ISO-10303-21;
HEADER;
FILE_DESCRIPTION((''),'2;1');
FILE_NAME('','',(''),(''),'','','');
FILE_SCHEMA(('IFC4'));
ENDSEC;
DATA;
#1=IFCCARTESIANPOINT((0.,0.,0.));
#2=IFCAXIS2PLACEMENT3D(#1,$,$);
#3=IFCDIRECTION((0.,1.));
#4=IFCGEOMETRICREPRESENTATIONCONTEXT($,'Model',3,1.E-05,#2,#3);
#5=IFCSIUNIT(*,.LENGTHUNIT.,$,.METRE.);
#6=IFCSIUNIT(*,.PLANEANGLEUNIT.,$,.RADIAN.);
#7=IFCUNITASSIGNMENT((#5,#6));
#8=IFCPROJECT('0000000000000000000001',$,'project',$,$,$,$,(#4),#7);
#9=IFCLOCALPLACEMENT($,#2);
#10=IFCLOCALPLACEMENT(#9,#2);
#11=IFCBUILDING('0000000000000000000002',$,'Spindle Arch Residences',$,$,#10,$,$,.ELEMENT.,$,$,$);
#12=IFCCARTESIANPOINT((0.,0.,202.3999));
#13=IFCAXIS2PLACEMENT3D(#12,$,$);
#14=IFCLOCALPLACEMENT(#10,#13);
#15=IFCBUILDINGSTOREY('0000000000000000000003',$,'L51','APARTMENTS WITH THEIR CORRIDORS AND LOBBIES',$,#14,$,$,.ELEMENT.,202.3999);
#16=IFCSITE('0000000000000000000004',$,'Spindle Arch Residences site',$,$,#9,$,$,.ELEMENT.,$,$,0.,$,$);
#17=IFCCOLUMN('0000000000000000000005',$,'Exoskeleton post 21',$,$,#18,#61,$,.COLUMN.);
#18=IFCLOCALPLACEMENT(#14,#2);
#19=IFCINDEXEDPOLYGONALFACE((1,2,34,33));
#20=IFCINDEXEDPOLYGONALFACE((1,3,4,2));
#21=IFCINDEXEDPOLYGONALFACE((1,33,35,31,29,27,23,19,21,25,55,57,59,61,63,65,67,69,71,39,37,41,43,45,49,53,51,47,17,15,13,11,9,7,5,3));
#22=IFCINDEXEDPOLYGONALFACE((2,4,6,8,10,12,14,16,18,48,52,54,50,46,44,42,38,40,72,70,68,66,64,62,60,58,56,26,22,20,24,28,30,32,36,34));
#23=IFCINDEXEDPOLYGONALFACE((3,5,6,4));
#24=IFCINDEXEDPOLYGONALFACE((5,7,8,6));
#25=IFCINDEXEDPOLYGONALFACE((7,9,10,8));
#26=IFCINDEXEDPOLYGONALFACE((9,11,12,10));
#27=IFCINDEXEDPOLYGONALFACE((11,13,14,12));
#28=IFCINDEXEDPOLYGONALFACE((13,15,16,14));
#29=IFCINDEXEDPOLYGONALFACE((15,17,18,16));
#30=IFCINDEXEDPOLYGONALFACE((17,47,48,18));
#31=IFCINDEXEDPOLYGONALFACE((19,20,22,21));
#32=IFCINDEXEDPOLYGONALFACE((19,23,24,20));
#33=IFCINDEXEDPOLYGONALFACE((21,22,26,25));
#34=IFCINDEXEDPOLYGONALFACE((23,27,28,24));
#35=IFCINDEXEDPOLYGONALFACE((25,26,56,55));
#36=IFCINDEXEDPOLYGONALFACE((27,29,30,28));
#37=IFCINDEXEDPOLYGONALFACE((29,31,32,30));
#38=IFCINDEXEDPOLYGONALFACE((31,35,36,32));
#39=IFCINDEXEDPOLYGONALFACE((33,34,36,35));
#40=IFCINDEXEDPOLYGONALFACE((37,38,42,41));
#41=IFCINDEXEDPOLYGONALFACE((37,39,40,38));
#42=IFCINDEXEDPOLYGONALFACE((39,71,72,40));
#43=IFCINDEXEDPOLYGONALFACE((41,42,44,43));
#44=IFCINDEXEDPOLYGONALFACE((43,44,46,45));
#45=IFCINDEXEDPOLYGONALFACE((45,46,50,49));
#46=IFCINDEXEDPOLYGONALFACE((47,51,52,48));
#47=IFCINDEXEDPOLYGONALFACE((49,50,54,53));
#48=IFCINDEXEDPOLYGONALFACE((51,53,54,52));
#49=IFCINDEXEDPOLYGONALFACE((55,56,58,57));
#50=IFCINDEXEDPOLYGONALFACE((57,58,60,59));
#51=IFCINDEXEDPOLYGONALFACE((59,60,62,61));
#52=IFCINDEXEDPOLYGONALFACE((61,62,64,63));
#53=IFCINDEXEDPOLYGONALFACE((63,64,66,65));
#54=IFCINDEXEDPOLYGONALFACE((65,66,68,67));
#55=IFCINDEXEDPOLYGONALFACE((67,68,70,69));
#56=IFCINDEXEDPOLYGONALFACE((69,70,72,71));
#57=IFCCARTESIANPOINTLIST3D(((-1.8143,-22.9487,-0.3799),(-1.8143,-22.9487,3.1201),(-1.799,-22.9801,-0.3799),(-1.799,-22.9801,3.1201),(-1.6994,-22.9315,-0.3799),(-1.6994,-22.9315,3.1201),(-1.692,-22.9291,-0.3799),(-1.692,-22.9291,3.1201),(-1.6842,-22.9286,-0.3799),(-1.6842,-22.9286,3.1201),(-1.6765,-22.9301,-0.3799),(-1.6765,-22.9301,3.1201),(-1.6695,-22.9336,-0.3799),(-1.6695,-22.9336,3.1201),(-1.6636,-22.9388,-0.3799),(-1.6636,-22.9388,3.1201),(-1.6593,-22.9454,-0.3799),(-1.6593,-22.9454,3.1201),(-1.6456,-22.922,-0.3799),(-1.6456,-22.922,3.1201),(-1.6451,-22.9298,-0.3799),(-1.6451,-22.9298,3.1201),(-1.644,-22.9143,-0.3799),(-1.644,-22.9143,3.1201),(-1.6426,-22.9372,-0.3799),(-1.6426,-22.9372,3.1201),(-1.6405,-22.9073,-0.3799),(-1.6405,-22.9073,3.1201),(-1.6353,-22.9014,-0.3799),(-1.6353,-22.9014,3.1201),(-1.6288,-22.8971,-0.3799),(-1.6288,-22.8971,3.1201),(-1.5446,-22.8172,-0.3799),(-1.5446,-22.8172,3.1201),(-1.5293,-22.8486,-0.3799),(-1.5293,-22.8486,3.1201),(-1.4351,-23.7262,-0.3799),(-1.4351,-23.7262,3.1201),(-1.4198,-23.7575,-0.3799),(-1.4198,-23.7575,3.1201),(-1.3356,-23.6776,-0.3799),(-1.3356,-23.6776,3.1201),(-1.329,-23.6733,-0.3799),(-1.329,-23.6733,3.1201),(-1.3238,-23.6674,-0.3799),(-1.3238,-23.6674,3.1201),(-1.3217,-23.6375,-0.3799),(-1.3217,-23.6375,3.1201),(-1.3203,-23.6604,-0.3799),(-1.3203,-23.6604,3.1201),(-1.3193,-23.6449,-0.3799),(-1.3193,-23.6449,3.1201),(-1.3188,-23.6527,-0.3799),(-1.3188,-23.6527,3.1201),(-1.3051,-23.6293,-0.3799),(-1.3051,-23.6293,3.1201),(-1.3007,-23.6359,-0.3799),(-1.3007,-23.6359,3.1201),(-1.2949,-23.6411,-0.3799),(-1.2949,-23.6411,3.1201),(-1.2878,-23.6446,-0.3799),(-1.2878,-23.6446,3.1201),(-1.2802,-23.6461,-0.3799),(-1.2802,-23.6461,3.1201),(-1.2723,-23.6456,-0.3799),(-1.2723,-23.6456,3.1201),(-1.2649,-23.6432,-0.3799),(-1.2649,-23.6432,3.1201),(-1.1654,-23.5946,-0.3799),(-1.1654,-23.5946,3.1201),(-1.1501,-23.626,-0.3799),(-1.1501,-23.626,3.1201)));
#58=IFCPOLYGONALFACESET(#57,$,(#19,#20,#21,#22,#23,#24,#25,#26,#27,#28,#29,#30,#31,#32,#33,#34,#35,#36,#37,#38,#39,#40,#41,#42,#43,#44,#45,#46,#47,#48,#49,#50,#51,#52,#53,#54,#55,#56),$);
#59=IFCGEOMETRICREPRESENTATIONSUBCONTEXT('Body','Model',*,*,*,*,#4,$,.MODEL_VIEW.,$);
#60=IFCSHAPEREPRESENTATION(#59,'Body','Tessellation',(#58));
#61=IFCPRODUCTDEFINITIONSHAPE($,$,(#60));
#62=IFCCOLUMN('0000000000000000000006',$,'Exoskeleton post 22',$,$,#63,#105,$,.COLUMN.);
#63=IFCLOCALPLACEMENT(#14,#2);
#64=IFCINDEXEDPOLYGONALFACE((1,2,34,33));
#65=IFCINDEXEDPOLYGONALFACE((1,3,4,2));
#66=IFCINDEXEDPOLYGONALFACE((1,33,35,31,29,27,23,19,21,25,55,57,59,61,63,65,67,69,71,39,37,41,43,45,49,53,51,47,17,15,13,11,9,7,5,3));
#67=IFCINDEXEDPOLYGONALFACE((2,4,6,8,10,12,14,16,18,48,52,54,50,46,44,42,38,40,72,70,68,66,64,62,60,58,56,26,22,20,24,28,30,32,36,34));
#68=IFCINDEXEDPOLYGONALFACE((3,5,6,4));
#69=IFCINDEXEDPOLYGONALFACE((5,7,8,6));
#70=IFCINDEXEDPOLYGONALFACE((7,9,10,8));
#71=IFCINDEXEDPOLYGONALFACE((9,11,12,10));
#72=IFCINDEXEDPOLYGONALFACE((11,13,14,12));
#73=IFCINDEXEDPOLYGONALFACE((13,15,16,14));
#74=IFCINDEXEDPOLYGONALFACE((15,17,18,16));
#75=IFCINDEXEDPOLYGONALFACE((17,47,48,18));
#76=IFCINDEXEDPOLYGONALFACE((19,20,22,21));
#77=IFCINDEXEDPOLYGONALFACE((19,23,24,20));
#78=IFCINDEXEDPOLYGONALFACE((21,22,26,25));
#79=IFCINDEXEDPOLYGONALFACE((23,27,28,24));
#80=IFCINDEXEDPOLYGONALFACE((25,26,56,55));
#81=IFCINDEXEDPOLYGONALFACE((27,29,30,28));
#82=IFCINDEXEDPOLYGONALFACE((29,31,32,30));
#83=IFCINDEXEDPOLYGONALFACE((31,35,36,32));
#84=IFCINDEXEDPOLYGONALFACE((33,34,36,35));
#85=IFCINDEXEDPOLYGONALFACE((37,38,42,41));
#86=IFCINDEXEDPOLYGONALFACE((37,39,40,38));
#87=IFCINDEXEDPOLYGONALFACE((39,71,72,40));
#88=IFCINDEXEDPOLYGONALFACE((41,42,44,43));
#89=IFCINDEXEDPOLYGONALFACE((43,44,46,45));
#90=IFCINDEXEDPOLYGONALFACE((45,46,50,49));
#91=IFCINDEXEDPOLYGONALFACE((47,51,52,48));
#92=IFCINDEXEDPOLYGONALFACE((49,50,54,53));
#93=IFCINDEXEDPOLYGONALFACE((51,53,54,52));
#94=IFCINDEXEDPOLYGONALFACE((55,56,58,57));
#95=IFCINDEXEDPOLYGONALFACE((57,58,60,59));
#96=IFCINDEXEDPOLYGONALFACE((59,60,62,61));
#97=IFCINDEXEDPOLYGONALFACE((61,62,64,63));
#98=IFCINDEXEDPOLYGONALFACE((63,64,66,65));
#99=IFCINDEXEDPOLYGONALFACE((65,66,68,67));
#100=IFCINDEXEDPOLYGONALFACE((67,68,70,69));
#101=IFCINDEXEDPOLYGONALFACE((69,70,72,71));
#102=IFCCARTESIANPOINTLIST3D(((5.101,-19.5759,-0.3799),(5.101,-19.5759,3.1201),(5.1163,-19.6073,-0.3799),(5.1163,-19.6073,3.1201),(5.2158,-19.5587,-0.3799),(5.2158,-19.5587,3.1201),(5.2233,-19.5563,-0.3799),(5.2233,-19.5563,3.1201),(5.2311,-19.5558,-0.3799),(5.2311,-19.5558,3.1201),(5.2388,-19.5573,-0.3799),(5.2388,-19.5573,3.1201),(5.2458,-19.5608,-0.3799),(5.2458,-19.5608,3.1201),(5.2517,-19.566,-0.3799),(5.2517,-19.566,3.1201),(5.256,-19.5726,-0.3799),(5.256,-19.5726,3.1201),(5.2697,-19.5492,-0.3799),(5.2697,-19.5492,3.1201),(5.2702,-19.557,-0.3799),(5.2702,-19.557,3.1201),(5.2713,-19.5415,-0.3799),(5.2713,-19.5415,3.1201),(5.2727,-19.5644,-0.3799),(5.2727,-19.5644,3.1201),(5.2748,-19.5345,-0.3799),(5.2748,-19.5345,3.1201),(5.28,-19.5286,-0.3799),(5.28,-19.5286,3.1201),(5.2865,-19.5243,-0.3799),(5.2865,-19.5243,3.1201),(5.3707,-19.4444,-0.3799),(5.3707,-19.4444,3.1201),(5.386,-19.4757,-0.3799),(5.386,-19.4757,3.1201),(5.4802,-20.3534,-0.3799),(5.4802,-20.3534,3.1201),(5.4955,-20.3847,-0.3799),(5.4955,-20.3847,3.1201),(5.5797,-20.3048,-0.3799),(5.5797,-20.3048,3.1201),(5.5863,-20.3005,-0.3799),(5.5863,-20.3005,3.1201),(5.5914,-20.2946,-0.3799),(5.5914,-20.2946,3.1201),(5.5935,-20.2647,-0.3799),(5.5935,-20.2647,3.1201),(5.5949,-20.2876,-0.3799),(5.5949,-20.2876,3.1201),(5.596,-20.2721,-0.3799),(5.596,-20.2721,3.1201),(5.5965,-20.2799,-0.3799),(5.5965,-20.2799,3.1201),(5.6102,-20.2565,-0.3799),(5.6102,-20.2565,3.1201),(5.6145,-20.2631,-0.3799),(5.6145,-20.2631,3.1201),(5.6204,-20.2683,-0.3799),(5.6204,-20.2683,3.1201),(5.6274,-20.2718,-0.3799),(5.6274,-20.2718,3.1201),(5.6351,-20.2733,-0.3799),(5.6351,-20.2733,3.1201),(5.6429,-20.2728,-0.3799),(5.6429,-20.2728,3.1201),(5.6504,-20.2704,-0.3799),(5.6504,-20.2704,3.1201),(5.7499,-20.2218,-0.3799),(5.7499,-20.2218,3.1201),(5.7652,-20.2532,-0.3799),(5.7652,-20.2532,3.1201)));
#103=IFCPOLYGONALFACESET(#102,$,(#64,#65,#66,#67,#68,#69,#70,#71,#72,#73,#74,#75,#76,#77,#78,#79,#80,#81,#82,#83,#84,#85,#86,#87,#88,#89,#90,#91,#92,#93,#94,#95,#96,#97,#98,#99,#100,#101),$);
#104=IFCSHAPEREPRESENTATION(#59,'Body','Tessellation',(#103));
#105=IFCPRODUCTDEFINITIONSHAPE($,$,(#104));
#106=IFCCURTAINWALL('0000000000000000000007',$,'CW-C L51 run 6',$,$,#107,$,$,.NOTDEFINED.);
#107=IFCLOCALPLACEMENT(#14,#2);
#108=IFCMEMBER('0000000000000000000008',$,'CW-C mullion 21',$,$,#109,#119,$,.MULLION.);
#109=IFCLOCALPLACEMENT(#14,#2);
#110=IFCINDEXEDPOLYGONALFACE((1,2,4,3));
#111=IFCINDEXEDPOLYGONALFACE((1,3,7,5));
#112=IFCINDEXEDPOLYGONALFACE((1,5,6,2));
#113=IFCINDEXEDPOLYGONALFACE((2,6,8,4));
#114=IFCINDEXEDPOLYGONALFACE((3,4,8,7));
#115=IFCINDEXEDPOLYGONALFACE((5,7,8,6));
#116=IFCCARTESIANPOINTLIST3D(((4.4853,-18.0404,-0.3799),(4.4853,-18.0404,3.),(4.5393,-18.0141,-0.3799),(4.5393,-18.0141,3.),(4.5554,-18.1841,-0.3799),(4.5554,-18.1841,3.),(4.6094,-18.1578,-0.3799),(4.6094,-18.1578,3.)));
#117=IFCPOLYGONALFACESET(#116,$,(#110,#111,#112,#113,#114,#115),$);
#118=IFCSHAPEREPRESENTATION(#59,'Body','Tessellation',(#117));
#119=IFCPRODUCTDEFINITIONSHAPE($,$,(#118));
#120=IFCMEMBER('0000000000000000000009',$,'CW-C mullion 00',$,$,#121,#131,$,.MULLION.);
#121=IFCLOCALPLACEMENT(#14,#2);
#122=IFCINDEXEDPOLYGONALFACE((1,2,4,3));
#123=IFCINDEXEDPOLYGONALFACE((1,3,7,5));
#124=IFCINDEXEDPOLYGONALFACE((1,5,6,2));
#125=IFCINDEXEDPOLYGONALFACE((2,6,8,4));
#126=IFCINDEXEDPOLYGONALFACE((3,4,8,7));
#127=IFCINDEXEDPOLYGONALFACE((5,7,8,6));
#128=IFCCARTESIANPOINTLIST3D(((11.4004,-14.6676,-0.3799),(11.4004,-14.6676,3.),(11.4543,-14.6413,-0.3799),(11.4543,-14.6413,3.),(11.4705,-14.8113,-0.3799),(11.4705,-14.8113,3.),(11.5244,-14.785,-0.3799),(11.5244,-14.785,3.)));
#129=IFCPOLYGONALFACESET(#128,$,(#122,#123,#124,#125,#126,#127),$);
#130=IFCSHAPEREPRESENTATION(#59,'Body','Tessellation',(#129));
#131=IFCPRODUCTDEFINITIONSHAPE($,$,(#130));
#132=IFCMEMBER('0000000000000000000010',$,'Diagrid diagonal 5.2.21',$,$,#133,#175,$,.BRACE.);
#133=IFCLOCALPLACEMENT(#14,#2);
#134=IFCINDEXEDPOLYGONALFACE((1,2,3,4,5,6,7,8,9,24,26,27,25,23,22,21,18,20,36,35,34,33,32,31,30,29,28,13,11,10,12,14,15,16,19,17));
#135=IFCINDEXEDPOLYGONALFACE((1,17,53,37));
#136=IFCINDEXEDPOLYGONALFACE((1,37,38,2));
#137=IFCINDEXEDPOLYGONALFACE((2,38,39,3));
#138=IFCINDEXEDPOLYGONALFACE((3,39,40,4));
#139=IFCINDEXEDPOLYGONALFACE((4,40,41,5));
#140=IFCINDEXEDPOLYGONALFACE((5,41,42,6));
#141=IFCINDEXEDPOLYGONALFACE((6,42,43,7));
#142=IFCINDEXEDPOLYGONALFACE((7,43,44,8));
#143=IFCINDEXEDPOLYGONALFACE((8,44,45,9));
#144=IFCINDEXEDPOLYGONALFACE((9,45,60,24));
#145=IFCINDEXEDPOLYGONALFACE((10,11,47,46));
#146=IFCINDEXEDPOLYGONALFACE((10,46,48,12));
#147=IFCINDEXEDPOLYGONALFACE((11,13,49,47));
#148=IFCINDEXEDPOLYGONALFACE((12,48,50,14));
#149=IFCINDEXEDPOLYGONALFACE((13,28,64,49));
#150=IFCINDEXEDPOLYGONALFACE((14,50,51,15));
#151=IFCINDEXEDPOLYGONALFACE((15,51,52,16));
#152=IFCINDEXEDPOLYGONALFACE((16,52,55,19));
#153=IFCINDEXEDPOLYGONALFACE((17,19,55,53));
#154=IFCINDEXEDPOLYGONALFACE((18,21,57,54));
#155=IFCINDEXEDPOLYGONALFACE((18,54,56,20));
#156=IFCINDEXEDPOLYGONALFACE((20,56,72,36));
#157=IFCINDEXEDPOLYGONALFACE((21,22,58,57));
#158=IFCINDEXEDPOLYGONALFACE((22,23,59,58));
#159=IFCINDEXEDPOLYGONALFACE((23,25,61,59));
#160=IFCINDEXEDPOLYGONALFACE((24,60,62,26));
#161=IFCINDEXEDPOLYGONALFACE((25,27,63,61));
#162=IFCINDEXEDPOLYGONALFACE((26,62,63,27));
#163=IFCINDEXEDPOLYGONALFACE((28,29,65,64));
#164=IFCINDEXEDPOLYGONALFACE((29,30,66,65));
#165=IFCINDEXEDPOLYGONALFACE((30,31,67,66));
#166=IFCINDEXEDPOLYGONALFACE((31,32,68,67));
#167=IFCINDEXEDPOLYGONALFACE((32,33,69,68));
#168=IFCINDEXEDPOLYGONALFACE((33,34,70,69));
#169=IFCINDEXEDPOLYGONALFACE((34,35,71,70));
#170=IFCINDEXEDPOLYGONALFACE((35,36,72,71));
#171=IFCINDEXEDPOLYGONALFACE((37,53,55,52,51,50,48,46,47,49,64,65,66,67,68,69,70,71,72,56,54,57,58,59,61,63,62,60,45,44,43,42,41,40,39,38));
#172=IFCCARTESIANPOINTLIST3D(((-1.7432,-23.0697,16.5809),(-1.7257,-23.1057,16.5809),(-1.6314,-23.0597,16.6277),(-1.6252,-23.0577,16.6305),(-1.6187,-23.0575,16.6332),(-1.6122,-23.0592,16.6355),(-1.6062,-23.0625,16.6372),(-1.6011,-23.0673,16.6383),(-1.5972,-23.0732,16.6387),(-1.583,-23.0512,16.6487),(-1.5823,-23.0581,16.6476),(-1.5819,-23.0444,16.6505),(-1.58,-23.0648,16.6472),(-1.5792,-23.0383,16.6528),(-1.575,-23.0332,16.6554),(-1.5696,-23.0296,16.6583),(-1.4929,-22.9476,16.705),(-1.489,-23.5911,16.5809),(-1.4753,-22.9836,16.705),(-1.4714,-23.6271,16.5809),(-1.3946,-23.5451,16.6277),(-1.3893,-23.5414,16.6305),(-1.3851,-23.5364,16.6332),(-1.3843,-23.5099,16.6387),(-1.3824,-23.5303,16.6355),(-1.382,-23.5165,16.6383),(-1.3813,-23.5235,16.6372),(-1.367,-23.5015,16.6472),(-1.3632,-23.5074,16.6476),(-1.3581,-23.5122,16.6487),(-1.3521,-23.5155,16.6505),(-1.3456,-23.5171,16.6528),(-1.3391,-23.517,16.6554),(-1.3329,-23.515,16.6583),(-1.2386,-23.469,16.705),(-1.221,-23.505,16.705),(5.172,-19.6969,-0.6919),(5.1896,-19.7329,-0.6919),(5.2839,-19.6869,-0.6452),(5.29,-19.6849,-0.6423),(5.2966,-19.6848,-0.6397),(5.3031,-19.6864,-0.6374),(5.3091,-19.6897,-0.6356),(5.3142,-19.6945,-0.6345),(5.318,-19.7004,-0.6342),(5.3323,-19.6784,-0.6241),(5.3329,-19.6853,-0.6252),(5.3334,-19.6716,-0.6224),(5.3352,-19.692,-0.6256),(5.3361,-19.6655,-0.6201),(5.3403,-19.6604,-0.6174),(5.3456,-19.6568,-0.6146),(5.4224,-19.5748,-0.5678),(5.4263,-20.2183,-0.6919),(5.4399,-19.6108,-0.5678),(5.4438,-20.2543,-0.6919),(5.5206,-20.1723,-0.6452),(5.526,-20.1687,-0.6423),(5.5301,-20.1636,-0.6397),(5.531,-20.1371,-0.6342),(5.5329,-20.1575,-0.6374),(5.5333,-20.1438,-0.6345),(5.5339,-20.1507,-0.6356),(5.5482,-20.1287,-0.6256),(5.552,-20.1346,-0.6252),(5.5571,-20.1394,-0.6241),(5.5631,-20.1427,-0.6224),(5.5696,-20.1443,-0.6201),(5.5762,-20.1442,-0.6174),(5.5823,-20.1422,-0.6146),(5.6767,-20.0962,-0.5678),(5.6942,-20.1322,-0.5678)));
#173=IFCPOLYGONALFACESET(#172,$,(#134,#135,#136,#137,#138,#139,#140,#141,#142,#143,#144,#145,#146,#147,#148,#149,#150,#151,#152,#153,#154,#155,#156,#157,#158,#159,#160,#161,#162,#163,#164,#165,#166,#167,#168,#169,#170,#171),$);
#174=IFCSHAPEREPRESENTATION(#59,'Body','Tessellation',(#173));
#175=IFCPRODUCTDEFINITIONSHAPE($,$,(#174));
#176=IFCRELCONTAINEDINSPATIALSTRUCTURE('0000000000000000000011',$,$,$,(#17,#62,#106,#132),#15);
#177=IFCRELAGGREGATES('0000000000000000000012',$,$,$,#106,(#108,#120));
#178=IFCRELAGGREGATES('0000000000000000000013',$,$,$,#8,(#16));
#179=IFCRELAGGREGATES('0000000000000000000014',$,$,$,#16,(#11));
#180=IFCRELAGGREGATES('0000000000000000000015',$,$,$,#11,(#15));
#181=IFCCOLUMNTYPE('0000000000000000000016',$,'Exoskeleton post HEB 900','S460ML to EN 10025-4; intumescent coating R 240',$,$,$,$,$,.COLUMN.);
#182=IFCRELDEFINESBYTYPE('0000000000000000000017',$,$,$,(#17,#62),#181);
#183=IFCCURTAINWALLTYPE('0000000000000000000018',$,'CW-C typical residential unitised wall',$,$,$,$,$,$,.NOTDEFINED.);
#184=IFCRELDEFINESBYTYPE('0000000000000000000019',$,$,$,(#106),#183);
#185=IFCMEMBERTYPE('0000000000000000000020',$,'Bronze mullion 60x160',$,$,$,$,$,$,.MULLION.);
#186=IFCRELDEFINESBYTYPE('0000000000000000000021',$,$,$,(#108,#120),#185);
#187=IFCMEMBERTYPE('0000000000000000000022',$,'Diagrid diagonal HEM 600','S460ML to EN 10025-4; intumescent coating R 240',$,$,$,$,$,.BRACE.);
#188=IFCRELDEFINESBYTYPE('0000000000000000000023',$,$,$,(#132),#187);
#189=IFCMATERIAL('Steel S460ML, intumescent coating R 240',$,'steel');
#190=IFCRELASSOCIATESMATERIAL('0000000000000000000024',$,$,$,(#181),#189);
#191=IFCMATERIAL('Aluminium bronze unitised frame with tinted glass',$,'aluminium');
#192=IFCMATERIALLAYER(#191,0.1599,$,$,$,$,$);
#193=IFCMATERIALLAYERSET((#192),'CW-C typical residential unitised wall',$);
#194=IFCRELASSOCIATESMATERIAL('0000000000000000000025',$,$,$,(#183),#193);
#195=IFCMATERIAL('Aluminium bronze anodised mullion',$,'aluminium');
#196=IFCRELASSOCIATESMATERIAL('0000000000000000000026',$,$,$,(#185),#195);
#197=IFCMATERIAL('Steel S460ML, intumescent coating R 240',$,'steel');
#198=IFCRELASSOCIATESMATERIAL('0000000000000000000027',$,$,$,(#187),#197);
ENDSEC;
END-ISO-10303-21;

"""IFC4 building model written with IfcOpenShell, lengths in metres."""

from ifc_helpers import new_model, si_unit, direction, frame, origin, origin_2d, place, context, subcontext, project, spatial, rectangle, i_section, extrude, material, layer, layer_set, material_profile, profile_set, type_object, element, aggregate, save


model = new_model("IFC4")

# Units and contexts
model_context = context("Model", 3, precision=1e-05, world=origin(), true_north=direction((0.0, 1.0)))
body_context = subcontext(model_context, "Body", "Model", "MODEL_VIEW")
ifc_project = project(units=[si_unit("LENGTHUNIT", "METRE"), si_unit("PLANEANGLEUNIT", "RADIAN")], contexts=[model_context])

# Site, building, storey
site_placement = place(None, origin())
site = spatial("IfcSite", under=ifc_project, at=site_placement, Name="Spindle Arch Residences site", CompositionType="ELEMENT", RefElevation=0.0)
building_placement = place(site_placement, origin())
building = spatial("IfcBuilding", under=site, at=building_placement, Name="Spindle Arch Residences", CompositionType="ELEMENT")
storey_placement = place(building_placement, frame((0.0, 0.0, 202.3999)))
storey = spatial("IfcBuildingStorey", under=building, at=storey_placement, Name="L51", Description="APARTMENTS WITH THEIR CORRIDORS AND LOBBIES", CompositionType="ELEMENT", Elevation=202.3999)

# Columns
ifc_material_1 = material(Name="Steel S460ML, intumescent coating R 240", Category="steel")
ifc_material_profile_1 = material_profile(ifc_material_1, i_section(OverallWidth=0.3, OverallDepth=0.8999, WebThickness=0.0186, FlangeThickness=0.0349, FilletRadius=0.03, at=origin_2d()), Name="HEB 900")
ifc_profile_set_1 = profile_set([ifc_material_profile_1], Name="Steel S460ML, intumescent coating R 240")
column_type = type_object("IfcColumnType", Name="Exoskeleton post HEB 900", Description="S460ML to EN 10025-4; intumescent coating R 240", PredefinedType="COLUMN", material=ifc_profile_set_1)
for number, where, z_axis, x_axis, name in (
    (1, (-1.4822, -23.2874, -0.3799), (0.0, 0.0, 1.0), (-0.898794, -0.438371, 0.0), "Exoskeleton post 21"),
    (2, (5.4331, -19.9146, -0.3799), (0.0, 0.0, 1.0), (-0.898794, -0.438371, 0.0), "Exoskeleton post 22"),
):
    element("IfcColumn", number, at=place(storey_placement, frame(where, z_axis=z_axis, x_axis=x_axis)), inside=storey, type_object=column_type, Name=name, PredefinedType="COLUMN", context=body_context, shape_type="SweptSolid", body=[
        extrude(i_section(OverallWidth=0.3, OverallDepth=0.8999, WebThickness=0.0186, FlangeThickness=0.0349, FilletRadius=0.03, at=origin_2d()), origin(), (0.0, 0.0, 1.0), 3.5),
    ])

# Curtain wall, members
ifc_material_2 = material(Name="Aluminium bronze unitised frame with tinted glass", Category="aluminium")
ifc_layer_1 = layer(ifc_material_2, 0.1599)
ifc_layer_set_1 = layer_set([ifc_layer_1], Name="CW-C typical residential unitised wall")
curtain_wall_type = type_object("IfcCurtainWallType", Name="CW-C typical residential unitised wall", PredefinedType="NOTDEFINED", material=ifc_layer_set_1)
curtain_wall_placement = place(storey_placement, origin())
curtain_wall = element("IfcCurtainWall", 3, at=curtain_wall_placement, inside=storey, type_object=curtain_wall_type, Name="CW-C L51 run 6", PredefinedType="NOTDEFINED")
ifc_material_3 = material(Name="Aluminium bronze anodised mullion", Category="aluminium")
ifc_material_profile_2 = material_profile(ifc_material_3, rectangle(XDim=0.1599, YDim=0.0601, at=origin_2d()), Name="MU 60x160")
ifc_profile_set_2 = profile_set([ifc_material_profile_2], Name="Aluminium bronze anodised mullion")
member_type_1 = type_object("IfcMemberType", Name="Bronze mullion 60x160", PredefinedType="MULLION", material=ifc_profile_set_2)
member_1_placement = place(storey_placement, frame((4.5474, -18.0991, -0.3799), z_axis=(0.0, 0.0, 1.0), x_axis=(-0.438371, 0.898794, 0.0)))
member_1 = element("IfcMember", 4, at=member_1_placement, type_object=member_type_1, Name="CW-C mullion 21", PredefinedType="MULLION", context=body_context, shape_type="SweptSolid", body=[
    extrude(rectangle(XDim=0.1599, YDim=0.0601, at=origin_2d()), origin(), (0.0, 0.0, 1.0), 3.3799),
])
member_2_placement = place(storey_placement, frame((11.4624, -14.7263, -0.3799), z_axis=(0.0, 0.0, 1.0), x_axis=(-0.438371, 0.898794, 0.0)))
member_2 = element("IfcMember", 5, at=member_2_placement, type_object=member_type_1, Name="CW-C mullion 00", PredefinedType="MULLION", context=body_context, shape_type="SweptSolid", body=[
    extrude(rectangle(XDim=0.1599, YDim=0.0601, at=origin_2d()), origin(), (0.0, 0.0, 1.0), 3.3799),
])

# Member
ifc_material_4 = material(Name="Steel S460ML, intumescent coating R 240", Category="steel")
ifc_material_profile_3 = material_profile(ifc_material_4, i_section(OverallWidth=0.3049, OverallDepth=0.6201, WebThickness=0.021, FlangeThickness=0.04, FilletRadius=0.0271, at=origin_2d()), Name="HEM 600")
ifc_profile_set_3 = profile_set([ifc_material_profile_3], Name="Steel S460ML, intumescent coating R 240")
member_type_2 = type_object("IfcMemberType", Name="Diagrid diagonal HEM 600", Description="S460ML to EN 10025-4; intumescent coating R 240", PredefinedType="BRACE", material=ifc_profile_set_3)
for number, where, z_axis, x_axis, name in (
    (6, (5.4331, -19.9146, -0.6299), (-0.365713, -0.17837, 0.913476), (0.821027, 0.400441, 0.406893), "Diagrid diagonal 5.2.21"),
):
    element("IfcMember", number, at=place(storey_placement, frame(where, z_axis=z_axis, x_axis=x_axis)), inside=storey, type_object=member_type_2, Name=name, PredefinedType="BRACE", context=body_context, shape_type="SweptSolid", body=[
        extrude(i_section(OverallWidth=0.3049, OverallDepth=0.6201, WebThickness=0.021, FlangeThickness=0.04, FilletRadius=0.0271, at=origin_2d()), origin(), (0.0, 0.0, 1.0), 18.9089),
    ])

aggregate(curtain_wall, [member_1, member_2])

save(model, "model.ifc")
